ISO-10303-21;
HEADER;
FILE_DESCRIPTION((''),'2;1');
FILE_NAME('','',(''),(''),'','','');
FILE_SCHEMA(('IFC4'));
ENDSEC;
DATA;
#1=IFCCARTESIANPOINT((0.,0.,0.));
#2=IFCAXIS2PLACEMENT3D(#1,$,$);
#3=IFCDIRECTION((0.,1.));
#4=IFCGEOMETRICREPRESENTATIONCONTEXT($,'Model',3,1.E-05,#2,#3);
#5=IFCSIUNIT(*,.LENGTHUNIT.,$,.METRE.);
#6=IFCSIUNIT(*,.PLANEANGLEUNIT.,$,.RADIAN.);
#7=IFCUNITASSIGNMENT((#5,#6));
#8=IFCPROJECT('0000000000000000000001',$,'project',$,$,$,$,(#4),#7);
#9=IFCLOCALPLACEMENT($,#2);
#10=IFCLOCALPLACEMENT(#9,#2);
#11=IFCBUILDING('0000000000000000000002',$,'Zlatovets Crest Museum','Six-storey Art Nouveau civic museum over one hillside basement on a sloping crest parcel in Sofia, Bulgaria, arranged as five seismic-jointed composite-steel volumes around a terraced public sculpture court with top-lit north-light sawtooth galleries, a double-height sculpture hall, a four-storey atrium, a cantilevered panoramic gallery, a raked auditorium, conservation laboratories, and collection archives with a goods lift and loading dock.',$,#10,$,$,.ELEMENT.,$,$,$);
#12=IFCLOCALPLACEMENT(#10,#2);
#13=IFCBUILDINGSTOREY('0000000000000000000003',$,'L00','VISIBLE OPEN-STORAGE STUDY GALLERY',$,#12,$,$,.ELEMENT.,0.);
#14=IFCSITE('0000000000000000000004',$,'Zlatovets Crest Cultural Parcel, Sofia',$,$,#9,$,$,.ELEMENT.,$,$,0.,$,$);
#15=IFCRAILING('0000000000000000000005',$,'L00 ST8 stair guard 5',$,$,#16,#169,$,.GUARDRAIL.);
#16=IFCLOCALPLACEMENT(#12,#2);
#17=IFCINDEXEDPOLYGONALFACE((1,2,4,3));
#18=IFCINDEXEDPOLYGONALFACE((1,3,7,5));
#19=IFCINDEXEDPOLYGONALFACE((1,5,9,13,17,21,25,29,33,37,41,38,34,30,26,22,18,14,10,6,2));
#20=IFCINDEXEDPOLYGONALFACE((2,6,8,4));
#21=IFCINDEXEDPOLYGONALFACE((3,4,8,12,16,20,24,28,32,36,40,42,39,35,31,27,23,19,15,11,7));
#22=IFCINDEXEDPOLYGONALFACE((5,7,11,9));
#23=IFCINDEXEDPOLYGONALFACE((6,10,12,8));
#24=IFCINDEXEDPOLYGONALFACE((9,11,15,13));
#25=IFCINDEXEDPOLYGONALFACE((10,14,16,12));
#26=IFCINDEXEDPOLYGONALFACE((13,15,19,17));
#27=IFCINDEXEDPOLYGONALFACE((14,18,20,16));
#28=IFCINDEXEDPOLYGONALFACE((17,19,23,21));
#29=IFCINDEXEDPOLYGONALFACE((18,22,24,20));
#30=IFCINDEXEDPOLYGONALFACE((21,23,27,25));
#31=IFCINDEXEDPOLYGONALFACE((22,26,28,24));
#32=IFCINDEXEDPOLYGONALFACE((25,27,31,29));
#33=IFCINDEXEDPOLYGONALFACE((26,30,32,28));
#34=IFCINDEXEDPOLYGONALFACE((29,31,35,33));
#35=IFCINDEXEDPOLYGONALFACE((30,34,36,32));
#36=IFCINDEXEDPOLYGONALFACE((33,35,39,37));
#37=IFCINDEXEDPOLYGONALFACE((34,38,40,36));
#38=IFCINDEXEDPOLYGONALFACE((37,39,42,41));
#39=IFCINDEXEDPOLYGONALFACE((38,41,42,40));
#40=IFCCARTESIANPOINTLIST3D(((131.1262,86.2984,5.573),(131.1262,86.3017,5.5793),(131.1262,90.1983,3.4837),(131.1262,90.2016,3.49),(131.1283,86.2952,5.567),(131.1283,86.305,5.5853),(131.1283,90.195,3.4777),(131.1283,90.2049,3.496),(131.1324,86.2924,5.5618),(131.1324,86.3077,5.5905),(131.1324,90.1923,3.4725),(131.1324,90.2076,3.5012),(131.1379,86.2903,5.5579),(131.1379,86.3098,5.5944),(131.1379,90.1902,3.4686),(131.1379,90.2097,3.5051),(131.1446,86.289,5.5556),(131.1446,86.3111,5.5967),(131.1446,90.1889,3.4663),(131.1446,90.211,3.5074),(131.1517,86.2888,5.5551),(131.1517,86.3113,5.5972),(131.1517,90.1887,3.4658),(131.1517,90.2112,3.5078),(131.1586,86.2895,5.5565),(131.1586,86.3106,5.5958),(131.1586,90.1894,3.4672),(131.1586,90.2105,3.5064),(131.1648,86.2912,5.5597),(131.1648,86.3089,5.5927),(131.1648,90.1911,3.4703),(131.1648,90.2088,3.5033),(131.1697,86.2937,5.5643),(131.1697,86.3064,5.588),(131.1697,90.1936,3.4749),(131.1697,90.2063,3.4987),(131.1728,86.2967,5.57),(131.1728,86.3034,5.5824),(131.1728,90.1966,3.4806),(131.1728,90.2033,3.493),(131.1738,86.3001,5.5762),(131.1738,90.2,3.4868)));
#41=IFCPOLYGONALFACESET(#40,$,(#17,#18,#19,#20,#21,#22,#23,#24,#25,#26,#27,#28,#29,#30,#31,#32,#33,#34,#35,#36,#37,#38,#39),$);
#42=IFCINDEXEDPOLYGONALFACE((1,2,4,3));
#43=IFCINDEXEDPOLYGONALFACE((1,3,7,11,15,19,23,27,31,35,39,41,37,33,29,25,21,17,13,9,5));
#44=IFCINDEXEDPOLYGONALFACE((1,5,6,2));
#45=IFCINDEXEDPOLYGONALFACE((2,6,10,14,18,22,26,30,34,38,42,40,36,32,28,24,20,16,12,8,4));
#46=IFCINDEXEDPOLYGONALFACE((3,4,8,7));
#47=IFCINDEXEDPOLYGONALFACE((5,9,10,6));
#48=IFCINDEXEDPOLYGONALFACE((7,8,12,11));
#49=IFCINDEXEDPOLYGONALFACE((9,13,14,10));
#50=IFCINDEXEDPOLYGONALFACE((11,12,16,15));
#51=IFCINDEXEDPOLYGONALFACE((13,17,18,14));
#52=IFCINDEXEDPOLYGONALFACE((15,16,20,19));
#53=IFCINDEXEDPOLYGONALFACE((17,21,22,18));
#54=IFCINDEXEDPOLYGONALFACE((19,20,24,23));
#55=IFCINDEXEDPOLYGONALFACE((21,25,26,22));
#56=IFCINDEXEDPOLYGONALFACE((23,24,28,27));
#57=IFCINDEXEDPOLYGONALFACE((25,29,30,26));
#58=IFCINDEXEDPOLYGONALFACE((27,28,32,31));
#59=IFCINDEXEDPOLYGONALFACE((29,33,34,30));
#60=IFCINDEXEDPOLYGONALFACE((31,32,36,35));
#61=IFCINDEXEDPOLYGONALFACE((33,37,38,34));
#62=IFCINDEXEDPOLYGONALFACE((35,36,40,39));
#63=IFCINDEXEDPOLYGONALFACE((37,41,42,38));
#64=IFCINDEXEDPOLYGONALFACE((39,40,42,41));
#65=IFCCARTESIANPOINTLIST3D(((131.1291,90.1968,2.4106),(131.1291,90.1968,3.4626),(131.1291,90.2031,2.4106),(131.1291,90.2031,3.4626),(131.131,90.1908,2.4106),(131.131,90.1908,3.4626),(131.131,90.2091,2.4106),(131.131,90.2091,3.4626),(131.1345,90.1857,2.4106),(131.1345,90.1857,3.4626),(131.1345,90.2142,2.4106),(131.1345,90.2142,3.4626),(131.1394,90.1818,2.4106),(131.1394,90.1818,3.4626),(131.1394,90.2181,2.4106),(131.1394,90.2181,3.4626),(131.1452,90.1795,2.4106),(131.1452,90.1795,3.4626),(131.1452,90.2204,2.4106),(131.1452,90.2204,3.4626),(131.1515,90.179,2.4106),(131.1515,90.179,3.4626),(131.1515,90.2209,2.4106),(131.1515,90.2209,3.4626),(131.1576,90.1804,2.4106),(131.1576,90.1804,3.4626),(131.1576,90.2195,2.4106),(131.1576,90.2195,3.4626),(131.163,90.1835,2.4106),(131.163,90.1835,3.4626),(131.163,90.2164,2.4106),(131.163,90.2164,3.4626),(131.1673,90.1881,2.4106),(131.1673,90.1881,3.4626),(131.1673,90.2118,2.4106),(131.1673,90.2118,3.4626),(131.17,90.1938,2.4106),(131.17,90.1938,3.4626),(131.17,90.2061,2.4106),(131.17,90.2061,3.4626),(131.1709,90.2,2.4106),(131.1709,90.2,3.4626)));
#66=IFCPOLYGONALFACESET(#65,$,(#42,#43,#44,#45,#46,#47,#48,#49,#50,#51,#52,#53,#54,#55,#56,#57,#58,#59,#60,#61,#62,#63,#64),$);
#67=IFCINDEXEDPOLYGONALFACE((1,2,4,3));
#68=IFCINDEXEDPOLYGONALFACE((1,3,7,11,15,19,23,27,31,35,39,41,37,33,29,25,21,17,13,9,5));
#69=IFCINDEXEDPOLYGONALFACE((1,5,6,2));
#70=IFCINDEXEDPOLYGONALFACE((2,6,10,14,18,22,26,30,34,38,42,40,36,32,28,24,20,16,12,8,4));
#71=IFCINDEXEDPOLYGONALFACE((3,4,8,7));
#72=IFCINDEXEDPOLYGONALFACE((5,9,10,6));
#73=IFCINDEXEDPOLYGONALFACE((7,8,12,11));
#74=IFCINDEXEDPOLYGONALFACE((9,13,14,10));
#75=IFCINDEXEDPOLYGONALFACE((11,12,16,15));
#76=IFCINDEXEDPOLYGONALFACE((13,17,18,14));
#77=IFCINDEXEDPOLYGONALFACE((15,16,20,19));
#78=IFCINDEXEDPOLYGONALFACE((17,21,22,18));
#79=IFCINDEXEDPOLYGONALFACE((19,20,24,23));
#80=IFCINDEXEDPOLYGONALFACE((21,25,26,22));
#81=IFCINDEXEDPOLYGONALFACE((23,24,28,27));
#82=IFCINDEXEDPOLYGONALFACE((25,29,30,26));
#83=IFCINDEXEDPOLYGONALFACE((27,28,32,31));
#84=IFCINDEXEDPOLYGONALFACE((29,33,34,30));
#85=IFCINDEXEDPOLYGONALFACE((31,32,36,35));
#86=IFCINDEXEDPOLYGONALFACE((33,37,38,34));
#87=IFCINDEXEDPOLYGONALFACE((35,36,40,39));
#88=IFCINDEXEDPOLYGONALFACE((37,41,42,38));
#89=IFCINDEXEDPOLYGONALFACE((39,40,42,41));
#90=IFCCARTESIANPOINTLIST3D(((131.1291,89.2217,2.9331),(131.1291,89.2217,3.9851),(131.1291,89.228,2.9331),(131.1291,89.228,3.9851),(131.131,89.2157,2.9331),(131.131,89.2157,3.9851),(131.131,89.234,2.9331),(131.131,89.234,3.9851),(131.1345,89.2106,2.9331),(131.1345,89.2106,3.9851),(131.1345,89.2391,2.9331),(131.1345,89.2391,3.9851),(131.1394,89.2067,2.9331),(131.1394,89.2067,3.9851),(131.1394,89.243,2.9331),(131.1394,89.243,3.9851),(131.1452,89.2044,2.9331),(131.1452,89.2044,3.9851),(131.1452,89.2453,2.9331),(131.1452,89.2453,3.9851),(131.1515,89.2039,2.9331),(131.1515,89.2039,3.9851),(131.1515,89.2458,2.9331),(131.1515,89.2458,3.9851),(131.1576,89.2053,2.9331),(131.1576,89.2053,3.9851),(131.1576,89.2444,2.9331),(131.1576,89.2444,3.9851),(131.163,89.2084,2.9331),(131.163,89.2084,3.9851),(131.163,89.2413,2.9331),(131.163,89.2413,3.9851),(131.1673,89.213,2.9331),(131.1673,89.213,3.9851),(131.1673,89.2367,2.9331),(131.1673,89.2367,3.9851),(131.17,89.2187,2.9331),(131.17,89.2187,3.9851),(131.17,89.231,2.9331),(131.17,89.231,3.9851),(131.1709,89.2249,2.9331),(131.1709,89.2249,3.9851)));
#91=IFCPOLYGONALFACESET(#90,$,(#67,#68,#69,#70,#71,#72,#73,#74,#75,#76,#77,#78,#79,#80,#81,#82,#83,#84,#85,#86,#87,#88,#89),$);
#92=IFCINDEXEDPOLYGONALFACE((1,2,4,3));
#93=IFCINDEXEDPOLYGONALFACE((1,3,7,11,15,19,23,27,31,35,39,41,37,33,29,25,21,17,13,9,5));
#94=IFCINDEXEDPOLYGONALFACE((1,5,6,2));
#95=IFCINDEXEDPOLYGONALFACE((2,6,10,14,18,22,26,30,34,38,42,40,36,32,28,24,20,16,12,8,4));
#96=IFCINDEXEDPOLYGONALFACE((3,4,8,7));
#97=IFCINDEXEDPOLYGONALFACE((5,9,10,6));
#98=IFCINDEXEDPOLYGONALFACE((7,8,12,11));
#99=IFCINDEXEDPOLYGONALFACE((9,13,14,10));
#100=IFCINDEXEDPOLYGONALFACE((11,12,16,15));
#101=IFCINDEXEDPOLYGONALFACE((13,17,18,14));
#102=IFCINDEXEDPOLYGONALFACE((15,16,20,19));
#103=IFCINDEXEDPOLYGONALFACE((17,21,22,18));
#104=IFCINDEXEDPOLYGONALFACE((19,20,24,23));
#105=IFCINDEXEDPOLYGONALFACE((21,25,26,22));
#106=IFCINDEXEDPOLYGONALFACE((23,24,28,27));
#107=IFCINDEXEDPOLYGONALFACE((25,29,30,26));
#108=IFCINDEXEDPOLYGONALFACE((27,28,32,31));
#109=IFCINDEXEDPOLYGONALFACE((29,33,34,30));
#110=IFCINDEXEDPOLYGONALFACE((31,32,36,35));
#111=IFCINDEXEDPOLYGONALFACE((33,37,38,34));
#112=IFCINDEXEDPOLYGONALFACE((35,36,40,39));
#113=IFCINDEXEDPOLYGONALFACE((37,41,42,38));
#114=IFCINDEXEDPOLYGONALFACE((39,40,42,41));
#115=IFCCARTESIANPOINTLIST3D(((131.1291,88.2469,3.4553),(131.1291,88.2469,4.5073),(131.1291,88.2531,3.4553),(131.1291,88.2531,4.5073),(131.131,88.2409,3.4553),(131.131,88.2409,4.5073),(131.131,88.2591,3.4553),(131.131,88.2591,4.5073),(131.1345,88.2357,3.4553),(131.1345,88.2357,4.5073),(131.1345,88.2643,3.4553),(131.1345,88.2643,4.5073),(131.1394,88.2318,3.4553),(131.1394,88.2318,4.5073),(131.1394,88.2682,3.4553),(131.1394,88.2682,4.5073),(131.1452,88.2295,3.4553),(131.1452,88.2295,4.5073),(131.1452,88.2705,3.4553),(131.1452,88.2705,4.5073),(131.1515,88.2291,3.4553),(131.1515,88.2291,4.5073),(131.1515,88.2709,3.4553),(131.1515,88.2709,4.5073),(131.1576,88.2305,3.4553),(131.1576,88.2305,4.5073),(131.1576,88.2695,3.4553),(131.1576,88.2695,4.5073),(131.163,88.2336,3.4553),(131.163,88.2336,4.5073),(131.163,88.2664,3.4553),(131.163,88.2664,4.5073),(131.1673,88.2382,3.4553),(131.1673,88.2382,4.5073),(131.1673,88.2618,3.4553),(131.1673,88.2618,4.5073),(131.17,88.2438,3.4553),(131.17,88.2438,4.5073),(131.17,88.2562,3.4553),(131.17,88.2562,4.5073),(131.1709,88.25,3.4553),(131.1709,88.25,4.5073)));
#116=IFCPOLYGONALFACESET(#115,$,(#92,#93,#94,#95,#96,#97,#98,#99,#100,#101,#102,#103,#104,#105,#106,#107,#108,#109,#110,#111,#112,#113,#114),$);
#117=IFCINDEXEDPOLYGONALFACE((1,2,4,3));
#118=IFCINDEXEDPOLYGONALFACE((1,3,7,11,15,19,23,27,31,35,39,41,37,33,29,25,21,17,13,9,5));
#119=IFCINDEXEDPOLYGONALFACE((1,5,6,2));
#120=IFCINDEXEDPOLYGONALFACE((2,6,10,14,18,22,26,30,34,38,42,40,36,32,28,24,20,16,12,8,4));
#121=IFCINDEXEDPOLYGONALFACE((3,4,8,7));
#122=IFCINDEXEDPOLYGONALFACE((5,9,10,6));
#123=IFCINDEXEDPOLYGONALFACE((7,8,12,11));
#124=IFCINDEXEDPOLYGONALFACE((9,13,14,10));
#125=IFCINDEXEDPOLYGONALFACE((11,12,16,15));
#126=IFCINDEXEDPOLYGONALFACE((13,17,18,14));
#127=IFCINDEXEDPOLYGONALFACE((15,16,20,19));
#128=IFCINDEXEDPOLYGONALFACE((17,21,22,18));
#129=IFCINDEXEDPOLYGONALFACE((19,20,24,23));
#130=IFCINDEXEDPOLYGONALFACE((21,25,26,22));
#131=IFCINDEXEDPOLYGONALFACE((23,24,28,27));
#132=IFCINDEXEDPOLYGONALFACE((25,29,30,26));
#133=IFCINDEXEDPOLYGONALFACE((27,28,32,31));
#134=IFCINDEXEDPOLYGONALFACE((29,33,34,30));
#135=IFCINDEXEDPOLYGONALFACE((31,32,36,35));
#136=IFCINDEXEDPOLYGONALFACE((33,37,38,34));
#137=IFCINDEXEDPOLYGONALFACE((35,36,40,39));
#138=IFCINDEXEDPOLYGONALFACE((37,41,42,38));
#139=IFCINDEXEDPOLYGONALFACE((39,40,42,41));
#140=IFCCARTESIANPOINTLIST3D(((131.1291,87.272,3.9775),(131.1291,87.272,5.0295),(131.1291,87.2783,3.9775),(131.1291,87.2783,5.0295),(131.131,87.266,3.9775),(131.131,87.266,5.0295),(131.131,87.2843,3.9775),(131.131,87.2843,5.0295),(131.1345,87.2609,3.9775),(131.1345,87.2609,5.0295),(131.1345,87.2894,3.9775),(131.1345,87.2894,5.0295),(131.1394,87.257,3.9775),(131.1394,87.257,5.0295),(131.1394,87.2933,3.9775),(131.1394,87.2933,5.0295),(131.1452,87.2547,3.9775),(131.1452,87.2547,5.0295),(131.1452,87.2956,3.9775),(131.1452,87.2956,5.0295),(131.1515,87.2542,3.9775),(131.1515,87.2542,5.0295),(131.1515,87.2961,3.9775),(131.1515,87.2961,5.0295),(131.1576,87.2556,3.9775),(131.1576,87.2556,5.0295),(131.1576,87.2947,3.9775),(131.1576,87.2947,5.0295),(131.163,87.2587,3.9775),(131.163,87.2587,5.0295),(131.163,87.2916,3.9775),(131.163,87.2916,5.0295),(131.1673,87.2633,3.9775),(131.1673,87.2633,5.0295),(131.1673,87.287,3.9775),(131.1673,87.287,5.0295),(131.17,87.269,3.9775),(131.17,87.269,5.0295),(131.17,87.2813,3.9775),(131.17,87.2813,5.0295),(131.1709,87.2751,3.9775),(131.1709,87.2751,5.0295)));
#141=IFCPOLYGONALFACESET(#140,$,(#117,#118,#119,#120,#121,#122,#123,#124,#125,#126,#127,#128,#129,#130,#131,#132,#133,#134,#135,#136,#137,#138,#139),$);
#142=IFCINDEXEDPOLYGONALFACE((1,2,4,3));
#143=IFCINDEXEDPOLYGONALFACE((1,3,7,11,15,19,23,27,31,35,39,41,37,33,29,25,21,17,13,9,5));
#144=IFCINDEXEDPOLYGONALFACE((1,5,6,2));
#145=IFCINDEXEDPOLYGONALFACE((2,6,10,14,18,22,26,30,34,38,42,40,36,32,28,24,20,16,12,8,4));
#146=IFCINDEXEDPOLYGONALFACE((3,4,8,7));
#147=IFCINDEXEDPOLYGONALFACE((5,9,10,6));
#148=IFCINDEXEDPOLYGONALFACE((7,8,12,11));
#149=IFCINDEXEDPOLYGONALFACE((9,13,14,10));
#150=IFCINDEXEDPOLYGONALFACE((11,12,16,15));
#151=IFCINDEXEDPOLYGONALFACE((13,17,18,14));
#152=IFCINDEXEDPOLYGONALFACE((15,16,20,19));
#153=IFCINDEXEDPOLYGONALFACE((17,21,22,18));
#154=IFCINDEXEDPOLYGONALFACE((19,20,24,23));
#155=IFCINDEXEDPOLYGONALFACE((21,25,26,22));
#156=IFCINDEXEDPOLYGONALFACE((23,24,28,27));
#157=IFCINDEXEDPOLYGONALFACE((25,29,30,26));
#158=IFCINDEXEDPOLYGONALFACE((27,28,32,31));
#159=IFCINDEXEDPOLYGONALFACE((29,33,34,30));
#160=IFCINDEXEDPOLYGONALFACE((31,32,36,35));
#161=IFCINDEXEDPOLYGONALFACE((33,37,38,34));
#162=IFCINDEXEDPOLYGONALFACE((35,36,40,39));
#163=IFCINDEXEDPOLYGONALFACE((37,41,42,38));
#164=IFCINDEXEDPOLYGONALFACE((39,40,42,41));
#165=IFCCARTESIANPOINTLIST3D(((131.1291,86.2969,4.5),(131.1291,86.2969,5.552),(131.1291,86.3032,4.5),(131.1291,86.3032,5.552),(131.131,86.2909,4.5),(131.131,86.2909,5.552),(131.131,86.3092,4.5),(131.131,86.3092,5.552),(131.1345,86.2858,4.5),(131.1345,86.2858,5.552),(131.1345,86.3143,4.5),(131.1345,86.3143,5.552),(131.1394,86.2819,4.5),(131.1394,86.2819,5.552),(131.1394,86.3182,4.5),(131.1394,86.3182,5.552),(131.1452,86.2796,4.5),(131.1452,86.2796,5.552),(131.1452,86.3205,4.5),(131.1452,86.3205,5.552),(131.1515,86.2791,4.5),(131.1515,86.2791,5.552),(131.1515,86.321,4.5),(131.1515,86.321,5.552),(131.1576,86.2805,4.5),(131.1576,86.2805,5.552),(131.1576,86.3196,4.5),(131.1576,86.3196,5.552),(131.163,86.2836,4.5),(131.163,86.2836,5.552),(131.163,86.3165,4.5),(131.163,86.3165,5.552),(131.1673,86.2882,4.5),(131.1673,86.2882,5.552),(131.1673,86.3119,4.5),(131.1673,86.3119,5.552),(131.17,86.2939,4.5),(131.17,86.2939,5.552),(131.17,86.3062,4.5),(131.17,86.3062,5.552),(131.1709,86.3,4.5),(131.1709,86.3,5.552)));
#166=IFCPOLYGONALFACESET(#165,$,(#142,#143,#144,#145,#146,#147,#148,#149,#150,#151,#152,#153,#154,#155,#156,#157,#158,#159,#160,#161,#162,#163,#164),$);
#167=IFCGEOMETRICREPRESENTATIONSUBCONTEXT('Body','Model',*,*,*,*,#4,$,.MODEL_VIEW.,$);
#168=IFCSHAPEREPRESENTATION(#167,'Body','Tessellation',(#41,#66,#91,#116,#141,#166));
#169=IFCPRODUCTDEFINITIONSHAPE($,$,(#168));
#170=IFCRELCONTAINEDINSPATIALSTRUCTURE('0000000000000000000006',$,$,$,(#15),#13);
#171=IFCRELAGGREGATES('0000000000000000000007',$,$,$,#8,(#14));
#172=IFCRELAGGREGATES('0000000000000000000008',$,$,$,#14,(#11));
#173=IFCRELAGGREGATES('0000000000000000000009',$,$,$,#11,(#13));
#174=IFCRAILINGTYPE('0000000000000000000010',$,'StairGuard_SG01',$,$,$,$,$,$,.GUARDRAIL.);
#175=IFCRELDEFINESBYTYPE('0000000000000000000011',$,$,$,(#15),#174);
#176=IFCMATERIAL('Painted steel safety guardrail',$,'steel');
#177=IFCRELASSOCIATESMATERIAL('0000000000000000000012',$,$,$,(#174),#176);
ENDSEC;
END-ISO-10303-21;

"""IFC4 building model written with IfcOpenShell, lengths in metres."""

from ifc_helpers import new_model, si_unit, direction, frame, origin, origin_2d, place, context, subcontext, project, spatial, circle, extrude, material, type_object, element, save


model = new_model("IFC4")

# Units and contexts
model_context = context("Model", 3, precision=1e-05, world=origin(), true_north=direction((0.0, 1.0)))
body_context = subcontext(model_context, "Body", "Model", "MODEL_VIEW")
ifc_project = project(units=[si_unit("LENGTHUNIT", "METRE"), si_unit("PLANEANGLEUNIT", "RADIAN")], contexts=[model_context])

# Site, building, storey
site_placement = place(None, origin())
site = spatial("IfcSite", under=ifc_project, at=site_placement, Name="Zlatovets Crest Cultural Parcel, Sofia", CompositionType="ELEMENT", RefElevation=0.0)
building_placement = place(site_placement, origin())
building = spatial("IfcBuilding", under=site, at=building_placement, Name="Zlatovets Crest Museum", Description="Six-storey Art Nouveau civic museum over one hillside basement on a sloping crest parcel in Sofia, Bulgaria, arranged as five seismic-jointed composite-steel volumes around a terraced public sculpture court with top-lit north-light sawtooth galleries, a double-height sculpture hall, a four-storey atrium, a cantilevered panoramic gallery, a raked auditorium, conservation laboratories, and collection archives with a goods lift and loading dock.", CompositionType="ELEMENT")
storey_placement = place(building_placement, origin())
storey = spatial("IfcBuildingStorey", under=building, at=storey_placement, Name="L00", Description="VISIBLE OPEN-STORAGE STUDY GALLERY", CompositionType="ELEMENT", Elevation=0.0)

# Railing
ifc_material_1 = material(Name="Painted steel safety guardrail", Category="steel")
railing_type_1 = type_object("IfcRailingType", Name="StairGuard_SG01", PredefinedType="GUARDRAIL", material=ifc_material_1)
railing_1_placement = place(storey_placement, frame((131.1499, 90.2, 2.4106)))
element("IfcRailing", 1, at=railing_1_placement, inside=storey, type_object=railing_type_1, Name="L00 ST8 stair guard 5", PredefinedType="GUARDRAIL", context=body_context, shape_type="SweptSolid", body=[
    extrude(circle(Radius=0.0239, at=origin_2d()), frame((0.0, 0.0, 1.0762), z_axis=(0.0, -0.881468, 0.472243), x_axis=(1.0, 0.0, 0.0)), (0.0, 0.0, 1.0), 4.4243),
    extrude(circle(Radius=0.021, at=origin_2d()), origin(), (0.0, 0.0, 1.0), 1.052),
    extrude(circle(Radius=0.021, at=origin_2d()), frame((0.0, -0.9751, 0.5225)), (0.0, 0.0, 1.0), 1.052),
    extrude(circle(Radius=0.021, at=origin_2d()), frame((0.0, -1.95, 1.0447)), (0.0, 0.0, 1.0), 1.052),
    extrude(circle(Radius=0.021, at=origin_2d()), frame((0.0, -2.9248, 1.5669)), (0.0, 0.0, 1.0), 1.052),
    extrude(circle(Radius=0.021, at=origin_2d()), frame((0.0, -3.8999, 2.0894)), (0.0, 0.0, 1.0), 1.052),
])

save(model, "model.ifc")
